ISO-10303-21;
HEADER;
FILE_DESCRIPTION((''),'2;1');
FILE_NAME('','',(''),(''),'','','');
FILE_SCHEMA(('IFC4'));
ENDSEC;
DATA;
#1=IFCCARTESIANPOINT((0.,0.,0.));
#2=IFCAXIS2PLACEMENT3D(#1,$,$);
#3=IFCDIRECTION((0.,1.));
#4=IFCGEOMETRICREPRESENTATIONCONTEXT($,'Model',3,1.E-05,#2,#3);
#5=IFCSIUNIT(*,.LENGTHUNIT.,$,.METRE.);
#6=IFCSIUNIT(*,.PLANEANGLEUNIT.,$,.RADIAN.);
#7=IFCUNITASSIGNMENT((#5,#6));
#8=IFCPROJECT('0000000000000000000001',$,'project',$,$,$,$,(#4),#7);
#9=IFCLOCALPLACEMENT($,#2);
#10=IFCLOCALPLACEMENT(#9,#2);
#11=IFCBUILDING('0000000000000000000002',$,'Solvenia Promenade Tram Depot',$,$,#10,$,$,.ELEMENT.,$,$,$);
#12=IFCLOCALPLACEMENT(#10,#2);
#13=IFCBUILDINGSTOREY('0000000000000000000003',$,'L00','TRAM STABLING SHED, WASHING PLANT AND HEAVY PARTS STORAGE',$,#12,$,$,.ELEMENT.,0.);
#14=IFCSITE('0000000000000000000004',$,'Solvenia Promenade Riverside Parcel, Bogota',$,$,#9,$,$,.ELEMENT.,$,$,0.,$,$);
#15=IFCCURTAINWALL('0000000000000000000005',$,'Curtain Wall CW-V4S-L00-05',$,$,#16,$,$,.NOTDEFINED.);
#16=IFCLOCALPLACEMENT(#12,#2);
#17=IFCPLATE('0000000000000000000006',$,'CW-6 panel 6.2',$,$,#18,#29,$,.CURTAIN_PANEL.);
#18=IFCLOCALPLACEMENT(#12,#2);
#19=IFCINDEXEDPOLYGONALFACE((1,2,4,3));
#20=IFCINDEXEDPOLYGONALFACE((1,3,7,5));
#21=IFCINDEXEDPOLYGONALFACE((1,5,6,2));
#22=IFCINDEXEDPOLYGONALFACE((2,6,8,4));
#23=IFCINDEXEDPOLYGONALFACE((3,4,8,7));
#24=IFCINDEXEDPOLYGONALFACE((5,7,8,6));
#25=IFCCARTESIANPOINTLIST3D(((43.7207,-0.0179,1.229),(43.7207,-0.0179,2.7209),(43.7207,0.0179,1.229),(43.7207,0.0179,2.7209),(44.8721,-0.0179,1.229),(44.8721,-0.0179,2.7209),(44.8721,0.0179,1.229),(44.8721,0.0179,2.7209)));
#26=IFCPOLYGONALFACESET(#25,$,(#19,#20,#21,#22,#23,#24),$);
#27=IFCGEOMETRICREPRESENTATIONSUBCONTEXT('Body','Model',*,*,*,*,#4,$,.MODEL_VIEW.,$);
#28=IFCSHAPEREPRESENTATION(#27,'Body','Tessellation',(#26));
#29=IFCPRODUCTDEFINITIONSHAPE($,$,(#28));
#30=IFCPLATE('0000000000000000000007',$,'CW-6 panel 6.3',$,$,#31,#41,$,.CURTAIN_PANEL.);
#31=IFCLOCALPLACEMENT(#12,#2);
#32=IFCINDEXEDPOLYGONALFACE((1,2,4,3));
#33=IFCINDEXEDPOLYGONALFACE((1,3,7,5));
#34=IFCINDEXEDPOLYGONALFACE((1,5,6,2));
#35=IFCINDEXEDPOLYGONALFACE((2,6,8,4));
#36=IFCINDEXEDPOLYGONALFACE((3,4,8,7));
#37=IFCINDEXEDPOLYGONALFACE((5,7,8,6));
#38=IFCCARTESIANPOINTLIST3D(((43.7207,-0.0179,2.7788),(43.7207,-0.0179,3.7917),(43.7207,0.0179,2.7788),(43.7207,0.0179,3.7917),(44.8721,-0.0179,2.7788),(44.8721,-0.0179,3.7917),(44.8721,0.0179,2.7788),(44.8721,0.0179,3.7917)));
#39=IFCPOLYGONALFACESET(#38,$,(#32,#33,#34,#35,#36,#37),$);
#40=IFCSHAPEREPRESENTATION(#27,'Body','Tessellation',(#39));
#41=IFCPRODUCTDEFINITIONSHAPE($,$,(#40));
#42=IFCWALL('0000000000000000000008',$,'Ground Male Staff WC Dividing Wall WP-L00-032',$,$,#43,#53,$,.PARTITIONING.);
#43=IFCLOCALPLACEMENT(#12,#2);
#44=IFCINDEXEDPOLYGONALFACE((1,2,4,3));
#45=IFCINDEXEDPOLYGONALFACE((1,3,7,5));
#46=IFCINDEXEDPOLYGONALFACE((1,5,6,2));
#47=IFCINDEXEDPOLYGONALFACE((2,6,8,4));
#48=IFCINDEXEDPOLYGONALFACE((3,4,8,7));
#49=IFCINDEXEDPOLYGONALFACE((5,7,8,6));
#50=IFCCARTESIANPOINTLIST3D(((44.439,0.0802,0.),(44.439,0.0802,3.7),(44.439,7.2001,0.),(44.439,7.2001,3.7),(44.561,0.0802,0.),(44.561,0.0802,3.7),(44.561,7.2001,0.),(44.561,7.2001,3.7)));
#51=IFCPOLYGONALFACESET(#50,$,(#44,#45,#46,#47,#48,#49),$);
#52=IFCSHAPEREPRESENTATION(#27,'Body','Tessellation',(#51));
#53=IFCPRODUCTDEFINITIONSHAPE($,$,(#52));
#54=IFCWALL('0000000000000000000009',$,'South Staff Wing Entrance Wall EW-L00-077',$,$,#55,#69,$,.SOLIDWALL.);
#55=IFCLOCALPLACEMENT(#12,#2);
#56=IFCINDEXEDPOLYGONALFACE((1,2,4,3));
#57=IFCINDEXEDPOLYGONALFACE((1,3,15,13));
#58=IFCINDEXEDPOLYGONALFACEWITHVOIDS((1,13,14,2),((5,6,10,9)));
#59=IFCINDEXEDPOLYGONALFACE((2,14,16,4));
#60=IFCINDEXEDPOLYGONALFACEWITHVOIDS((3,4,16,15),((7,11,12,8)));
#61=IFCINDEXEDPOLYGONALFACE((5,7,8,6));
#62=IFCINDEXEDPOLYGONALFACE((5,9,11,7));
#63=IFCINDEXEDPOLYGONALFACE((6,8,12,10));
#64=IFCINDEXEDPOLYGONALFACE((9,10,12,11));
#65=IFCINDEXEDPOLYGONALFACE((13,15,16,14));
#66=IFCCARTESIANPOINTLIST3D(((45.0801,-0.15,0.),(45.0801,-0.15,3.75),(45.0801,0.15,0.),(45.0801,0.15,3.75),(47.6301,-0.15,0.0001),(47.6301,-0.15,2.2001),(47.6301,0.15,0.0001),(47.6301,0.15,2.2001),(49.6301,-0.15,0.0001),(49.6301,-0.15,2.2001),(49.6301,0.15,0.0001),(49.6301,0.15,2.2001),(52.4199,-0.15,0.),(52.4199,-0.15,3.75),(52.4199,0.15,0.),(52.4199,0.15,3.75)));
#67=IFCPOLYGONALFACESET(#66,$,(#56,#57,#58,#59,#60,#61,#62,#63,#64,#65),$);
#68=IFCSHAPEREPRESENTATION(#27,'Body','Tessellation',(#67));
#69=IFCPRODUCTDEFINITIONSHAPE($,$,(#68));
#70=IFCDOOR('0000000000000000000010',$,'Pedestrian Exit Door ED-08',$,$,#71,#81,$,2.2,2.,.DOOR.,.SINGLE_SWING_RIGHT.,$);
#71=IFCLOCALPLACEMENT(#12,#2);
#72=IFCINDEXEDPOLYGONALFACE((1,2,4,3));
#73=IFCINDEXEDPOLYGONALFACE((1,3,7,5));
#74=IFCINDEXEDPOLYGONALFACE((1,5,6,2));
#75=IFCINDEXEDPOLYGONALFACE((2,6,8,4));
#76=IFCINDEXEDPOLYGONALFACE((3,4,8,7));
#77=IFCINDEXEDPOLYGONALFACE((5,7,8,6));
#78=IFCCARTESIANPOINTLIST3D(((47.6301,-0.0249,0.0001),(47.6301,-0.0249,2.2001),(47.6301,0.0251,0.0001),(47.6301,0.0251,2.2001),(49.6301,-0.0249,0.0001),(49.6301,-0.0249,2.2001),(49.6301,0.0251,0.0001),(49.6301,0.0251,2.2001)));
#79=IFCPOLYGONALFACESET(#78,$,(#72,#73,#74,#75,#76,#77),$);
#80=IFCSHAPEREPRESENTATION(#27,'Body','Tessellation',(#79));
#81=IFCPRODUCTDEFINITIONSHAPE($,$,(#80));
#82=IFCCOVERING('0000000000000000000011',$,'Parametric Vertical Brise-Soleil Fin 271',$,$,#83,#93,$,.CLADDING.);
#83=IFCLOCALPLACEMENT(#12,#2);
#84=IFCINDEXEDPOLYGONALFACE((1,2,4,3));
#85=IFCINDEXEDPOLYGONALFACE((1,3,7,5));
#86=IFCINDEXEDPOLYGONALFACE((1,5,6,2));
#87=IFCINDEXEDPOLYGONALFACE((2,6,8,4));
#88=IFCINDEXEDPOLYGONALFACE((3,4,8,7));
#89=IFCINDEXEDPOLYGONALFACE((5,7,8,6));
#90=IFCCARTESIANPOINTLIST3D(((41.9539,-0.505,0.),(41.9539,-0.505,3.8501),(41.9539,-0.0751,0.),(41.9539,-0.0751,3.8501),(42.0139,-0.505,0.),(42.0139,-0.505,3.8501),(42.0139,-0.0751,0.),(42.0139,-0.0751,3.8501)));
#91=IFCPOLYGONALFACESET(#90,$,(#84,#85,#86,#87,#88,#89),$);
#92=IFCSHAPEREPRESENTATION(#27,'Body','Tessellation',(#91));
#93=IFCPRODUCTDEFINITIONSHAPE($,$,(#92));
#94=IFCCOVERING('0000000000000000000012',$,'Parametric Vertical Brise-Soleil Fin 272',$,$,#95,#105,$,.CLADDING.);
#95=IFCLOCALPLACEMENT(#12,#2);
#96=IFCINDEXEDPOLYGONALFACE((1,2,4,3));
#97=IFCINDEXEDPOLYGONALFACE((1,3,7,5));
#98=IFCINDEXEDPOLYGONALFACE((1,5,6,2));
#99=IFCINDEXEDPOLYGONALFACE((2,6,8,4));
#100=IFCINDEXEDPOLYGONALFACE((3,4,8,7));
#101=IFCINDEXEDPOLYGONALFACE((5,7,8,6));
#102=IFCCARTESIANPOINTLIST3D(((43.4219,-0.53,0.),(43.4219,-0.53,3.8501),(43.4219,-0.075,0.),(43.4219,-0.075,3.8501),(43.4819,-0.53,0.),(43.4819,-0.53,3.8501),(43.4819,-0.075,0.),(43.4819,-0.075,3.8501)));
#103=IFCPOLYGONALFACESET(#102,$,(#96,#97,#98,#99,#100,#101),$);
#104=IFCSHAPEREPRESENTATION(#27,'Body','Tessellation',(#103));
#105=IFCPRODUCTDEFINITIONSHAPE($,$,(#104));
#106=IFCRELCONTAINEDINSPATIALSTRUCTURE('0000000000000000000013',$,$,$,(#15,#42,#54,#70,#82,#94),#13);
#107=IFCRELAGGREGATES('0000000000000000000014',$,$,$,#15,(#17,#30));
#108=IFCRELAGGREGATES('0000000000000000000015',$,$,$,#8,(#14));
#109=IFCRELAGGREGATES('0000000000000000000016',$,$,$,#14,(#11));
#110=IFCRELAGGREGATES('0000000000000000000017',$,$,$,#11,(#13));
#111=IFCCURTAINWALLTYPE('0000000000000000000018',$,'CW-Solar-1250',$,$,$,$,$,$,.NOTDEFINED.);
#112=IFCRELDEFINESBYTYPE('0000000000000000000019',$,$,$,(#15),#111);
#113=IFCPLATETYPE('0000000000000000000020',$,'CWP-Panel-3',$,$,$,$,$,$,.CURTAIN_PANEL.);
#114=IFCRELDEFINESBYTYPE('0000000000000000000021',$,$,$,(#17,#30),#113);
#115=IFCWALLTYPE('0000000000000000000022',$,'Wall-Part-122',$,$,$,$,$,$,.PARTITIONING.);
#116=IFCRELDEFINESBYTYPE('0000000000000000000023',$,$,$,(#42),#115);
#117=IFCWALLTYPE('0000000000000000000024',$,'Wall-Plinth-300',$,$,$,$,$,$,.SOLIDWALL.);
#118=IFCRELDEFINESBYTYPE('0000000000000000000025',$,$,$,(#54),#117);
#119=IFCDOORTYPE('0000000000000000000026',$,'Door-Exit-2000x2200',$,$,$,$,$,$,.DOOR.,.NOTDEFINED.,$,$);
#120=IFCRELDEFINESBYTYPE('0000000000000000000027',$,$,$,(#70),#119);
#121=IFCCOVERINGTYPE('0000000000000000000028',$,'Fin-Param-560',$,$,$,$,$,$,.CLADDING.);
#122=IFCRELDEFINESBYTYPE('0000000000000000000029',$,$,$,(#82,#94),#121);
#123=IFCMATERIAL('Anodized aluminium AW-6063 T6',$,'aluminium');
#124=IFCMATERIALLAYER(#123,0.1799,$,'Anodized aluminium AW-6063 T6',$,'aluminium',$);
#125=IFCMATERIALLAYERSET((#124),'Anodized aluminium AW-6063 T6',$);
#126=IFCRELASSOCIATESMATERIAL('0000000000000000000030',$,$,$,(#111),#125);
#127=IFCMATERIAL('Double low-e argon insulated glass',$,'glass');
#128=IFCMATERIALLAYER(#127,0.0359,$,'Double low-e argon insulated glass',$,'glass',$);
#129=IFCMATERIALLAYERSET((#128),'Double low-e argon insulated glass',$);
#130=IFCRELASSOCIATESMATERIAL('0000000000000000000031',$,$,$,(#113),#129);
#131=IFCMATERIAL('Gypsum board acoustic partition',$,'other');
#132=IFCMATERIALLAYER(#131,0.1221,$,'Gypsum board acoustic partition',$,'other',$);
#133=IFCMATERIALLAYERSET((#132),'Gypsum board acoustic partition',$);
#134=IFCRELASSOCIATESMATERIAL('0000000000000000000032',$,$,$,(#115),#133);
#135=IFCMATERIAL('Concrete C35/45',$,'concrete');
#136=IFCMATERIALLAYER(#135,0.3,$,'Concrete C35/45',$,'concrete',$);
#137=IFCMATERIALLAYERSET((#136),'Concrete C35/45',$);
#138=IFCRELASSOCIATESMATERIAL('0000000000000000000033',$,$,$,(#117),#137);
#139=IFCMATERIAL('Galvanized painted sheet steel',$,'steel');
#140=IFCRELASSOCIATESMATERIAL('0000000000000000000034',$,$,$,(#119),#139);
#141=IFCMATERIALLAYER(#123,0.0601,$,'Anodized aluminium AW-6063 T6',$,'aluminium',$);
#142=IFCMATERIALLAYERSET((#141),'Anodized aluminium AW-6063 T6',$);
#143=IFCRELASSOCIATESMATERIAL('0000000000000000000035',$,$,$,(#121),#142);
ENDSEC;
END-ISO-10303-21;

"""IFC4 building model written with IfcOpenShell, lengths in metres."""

from ifc_helpers import new_model, si_unit, direction, frame, frame_2d, origin, origin_2d, place, context, subcontext, project, spatial, rectangle, extrude, material, layer, layer_set, type_object, element, fill, aggregate, save


model = new_model("IFC4")

# Units and contexts
model_context = context("Model", 3, precision=1e-05, world=origin(), true_north=direction((0.0, 1.0)))
body_context = subcontext(model_context, "Body", "Model", "MODEL_VIEW")
ifc_project = project(units=[si_unit("LENGTHUNIT", "METRE"), si_unit("PLANEANGLEUNIT", "RADIAN")], contexts=[model_context])

# Site, building, storey
site_placement = place(None, origin())
site = spatial("IfcSite", under=ifc_project, at=site_placement, Name="Solvenia Promenade Riverside Parcel, Bogota", CompositionType="ELEMENT", RefElevation=0.0)
building_placement = place(site_placement, origin())
building = spatial("IfcBuilding", under=site, at=building_placement, Name="Solvenia Promenade Tram Depot", CompositionType="ELEMENT")
storey_placement = place(building_placement, origin())
storey = spatial("IfcBuildingStorey", under=building, at=storey_placement, Name="L00", Description="TRAM STABLING SHED, WASHING PLANT AND HEAVY PARTS STORAGE", CompositionType="ELEMENT", Elevation=0.0)

# Curtain wall, plates
ifc_material_1 = material(Name="Anodized aluminium AW-6063 T6", Category="aluminium")
ifc_layer_1 = layer(ifc_material_1, 0.1799, Name="Anodized aluminium AW-6063 T6", Category="aluminium")
ifc_layer_set_1 = layer_set([ifc_layer_1], Name="Anodized aluminium AW-6063 T6")
curtain_wall_type = type_object("IfcCurtainWallType", Name="CW-Solar-1250", PredefinedType="NOTDEFINED", material=ifc_layer_set_1)
curtain_wall_placement = place(storey_placement, origin())
curtain_wall = element("IfcCurtainWall", 1, at=curtain_wall_placement, inside=storey, type_object=curtain_wall_type, Name="Curtain Wall CW-V4S-L00-05", PredefinedType="NOTDEFINED")
ifc_material_2 = material(Name="Double low-e argon insulated glass", Category="glass")
ifc_layer_2 = layer(ifc_material_2, 0.0359, Name="Double low-e argon insulated glass", Category="glass")
ifc_layer_set_2 = layer_set([ifc_layer_2], Name="Double low-e argon insulated glass")
plate_type = type_object("IfcPlateType", Name="CWP-Panel-3", PredefinedType="CURTAIN_PANEL", material=ifc_layer_set_2)
plate_1_placement = place(storey_placement, frame((44.2964, 0.0, 1.229), z_axis=(0.0, 0.0, 1.0), x_axis=(1.0, 0.0, 0.0)))
plate_1 = element("IfcPlate", 2, at=plate_1_placement, type_object=plate_type, Name="CW-6 panel 6.2", PredefinedType="CURTAIN_PANEL", context=body_context, shape_type="SweptSolid", body=[
    extrude(rectangle(XDim=1.1514, YDim=0.0359, at=origin_2d()), origin(), (0.0, 0.0, 1.0), 1.4919),
])
plate_2_placement = place(storey_placement, frame((44.2964, 0.0, 2.7788), z_axis=(0.0, 0.0, 1.0), x_axis=(1.0, 0.0, 0.0)))
plate_2 = element("IfcPlate", 3, at=plate_2_placement, type_object=plate_type, Name="CW-6 panel 6.3", PredefinedType="CURTAIN_PANEL", context=body_context, shape_type="SweptSolid", body=[
    extrude(rectangle(XDim=1.1514, YDim=0.0359, at=origin_2d()), origin(), (0.0, 0.0, 1.0), 1.0129),
])
aggregate(curtain_wall, [plate_1, plate_2])

# Wall
ifc_material_3 = material(Name="Gypsum board acoustic partition", Category="other")
ifc_layer_3 = layer(ifc_material_3, 0.1221, Name="Gypsum board acoustic partition", Category="other")
ifc_layer_set_3 = layer_set([ifc_layer_3], Name="Gypsum board acoustic partition")
wall_type_1 = type_object("IfcWallType", Name="Wall-Part-122", PredefinedType="PARTITIONING", material=ifc_layer_set_3)
wall_1_placement = place(storey_placement, frame((44.5, 0.0801, 0.0), z_axis=(0.0, 0.0, 1.0), x_axis=(0.0, 1.0, 0.0)))
element("IfcWall", 4, at=wall_1_placement, inside=storey, type_object=wall_type_1, Name="Ground Male Staff WC Dividing Wall WP-L00-032", PredefinedType="PARTITIONING", context=body_context, shape_type="SweptSolid", body=[
    extrude(rectangle(XDim=7.1199, YDim=0.1221, at=frame_2d((3.5601, 0.0))), origin(), (0.0, 0.0, 1.0), 3.7),
])

# Wall, opening, door
ifc_material_4 = material(Name="Concrete C35/45", Category="concrete")
ifc_layer_4 = layer(ifc_material_4, 0.3, Name="Concrete C35/45", Category="concrete")
ifc_layer_set_4 = layer_set([ifc_layer_4], Name="Concrete C35/45")
wall_type_2 = type_object("IfcWallType", Name="Wall-Plinth-300", PredefinedType="SOLIDWALL", material=ifc_layer_set_4)
wall_2_placement = place(storey_placement, frame((45.0801, 0.0, 0.0), z_axis=(0.0, 0.0, 1.0), x_axis=(1.0, 0.0, 0.0)))
wall_2 = element("IfcWall", 5, at=wall_2_placement, inside=storey, type_object=wall_type_2, Name="South Staff Wing Entrance Wall EW-L00-077", PredefinedType="SOLIDWALL", context=body_context, shape_type="SweptSolid", body=[
    extrude(rectangle(XDim=7.3398, YDim=0.3, at=frame_2d((3.6699, 0.0))), origin(), (0.0, 0.0, 1.0), 3.75),
])
opening_placement = place(wall_2_placement, frame((2.55, 0.0, 0.0)))
opening = element("IfcOpeningElement", 6, at=opening_placement, cuts=wall_2, PredefinedType="OPENING", context=body_context, shape_type="SweptSolid", body=[
    extrude(rectangle(XDim=2.0, YDim=2.2, at=frame_2d((1.0, 1.1001))), frame((0.0, 0.1599, 0.0), z_axis=(0.0, -1.0, 0.0), x_axis=(1.0, 0.0, 0.0)), (0.0, 0.0, 1.0), 0.3201),
])
ifc_material_5 = material(Name="Galvanized painted sheet steel", Category="steel")
door_type = type_object("IfcDoorType", Name="Door-Exit-2000x2200", OperationType="NOTDEFINED", PredefinedType="DOOR", material=ifc_material_5)
door_placement = place(opening_placement, frame((2.0, 0.0, 0.0), z_axis=(0.0, 0.0, 1.0), x_axis=(-1.0, 0.0, 0.0)))
door = element("IfcDoor", 7, at=door_placement, inside=storey, type_object=door_type, Name="Pedestrian Exit Door ED-08", OperationType="SINGLE_SWING_RIGHT", OverallHeight=2.2, OverallWidth=2.0, PredefinedType="DOOR", context=body_context, shape_type="SweptSolid", body=[
    extrude(rectangle(XDim=2.0, YDim=2.2, at=frame_2d((1.0, 1.1001))), frame((0.0, 0.0249, 0.0), z_axis=(0.0, -1.0, 0.0), x_axis=(1.0, 0.0, 0.0)), (0.0, 0.0, 1.0), 0.05),
])
fill(opening, door)

# Coverings
ifc_layer_5 = layer(ifc_material_1, 0.0601, Name="Anodized aluminium AW-6063 T6", Category="aluminium")
ifc_layer_set_5 = layer_set([ifc_layer_5], Name="Anodized aluminium AW-6063 T6")
covering_type = type_object("IfcCoveringType", Name="Fin-Param-560", PredefinedType="CLADDING", material=ifc_layer_set_5)
covering_1_placement = place(storey_placement, frame((41.9839, -0.29, 0.0), z_axis=(0.0, 0.0, 1.0), x_axis=(1.0, 0.0, 0.0)))
element("IfcCovering", 8, at=covering_1_placement, inside=storey, type_object=covering_type, Name="Parametric Vertical Brise-Soleil Fin 271", PredefinedType="CLADDING", context=body_context, shape_type="SweptSolid", body=[
    extrude(rectangle(XDim=0.0601, YDim=0.4299, at=origin_2d()), origin(), (0.0, 0.0, 1.0), 3.8501),
])
covering_2_placement = place(storey_placement, frame((43.4519, -0.3025, 0.0), z_axis=(0.0, 0.0, 1.0), x_axis=(1.0, 0.0, 0.0)))
element("IfcCovering", 9, at=covering_2_placement, inside=storey, type_object=covering_type, Name="Parametric Vertical Brise-Soleil Fin 272", PredefinedType="CLADDING", context=body_context, shape_type="SweptSolid", body=[
    extrude(rectangle(XDim=0.0601, YDim=0.4551, at=origin_2d()), origin(), (0.0, 0.0, 1.0), 3.8501),
])

save(model, "model.ifc")
